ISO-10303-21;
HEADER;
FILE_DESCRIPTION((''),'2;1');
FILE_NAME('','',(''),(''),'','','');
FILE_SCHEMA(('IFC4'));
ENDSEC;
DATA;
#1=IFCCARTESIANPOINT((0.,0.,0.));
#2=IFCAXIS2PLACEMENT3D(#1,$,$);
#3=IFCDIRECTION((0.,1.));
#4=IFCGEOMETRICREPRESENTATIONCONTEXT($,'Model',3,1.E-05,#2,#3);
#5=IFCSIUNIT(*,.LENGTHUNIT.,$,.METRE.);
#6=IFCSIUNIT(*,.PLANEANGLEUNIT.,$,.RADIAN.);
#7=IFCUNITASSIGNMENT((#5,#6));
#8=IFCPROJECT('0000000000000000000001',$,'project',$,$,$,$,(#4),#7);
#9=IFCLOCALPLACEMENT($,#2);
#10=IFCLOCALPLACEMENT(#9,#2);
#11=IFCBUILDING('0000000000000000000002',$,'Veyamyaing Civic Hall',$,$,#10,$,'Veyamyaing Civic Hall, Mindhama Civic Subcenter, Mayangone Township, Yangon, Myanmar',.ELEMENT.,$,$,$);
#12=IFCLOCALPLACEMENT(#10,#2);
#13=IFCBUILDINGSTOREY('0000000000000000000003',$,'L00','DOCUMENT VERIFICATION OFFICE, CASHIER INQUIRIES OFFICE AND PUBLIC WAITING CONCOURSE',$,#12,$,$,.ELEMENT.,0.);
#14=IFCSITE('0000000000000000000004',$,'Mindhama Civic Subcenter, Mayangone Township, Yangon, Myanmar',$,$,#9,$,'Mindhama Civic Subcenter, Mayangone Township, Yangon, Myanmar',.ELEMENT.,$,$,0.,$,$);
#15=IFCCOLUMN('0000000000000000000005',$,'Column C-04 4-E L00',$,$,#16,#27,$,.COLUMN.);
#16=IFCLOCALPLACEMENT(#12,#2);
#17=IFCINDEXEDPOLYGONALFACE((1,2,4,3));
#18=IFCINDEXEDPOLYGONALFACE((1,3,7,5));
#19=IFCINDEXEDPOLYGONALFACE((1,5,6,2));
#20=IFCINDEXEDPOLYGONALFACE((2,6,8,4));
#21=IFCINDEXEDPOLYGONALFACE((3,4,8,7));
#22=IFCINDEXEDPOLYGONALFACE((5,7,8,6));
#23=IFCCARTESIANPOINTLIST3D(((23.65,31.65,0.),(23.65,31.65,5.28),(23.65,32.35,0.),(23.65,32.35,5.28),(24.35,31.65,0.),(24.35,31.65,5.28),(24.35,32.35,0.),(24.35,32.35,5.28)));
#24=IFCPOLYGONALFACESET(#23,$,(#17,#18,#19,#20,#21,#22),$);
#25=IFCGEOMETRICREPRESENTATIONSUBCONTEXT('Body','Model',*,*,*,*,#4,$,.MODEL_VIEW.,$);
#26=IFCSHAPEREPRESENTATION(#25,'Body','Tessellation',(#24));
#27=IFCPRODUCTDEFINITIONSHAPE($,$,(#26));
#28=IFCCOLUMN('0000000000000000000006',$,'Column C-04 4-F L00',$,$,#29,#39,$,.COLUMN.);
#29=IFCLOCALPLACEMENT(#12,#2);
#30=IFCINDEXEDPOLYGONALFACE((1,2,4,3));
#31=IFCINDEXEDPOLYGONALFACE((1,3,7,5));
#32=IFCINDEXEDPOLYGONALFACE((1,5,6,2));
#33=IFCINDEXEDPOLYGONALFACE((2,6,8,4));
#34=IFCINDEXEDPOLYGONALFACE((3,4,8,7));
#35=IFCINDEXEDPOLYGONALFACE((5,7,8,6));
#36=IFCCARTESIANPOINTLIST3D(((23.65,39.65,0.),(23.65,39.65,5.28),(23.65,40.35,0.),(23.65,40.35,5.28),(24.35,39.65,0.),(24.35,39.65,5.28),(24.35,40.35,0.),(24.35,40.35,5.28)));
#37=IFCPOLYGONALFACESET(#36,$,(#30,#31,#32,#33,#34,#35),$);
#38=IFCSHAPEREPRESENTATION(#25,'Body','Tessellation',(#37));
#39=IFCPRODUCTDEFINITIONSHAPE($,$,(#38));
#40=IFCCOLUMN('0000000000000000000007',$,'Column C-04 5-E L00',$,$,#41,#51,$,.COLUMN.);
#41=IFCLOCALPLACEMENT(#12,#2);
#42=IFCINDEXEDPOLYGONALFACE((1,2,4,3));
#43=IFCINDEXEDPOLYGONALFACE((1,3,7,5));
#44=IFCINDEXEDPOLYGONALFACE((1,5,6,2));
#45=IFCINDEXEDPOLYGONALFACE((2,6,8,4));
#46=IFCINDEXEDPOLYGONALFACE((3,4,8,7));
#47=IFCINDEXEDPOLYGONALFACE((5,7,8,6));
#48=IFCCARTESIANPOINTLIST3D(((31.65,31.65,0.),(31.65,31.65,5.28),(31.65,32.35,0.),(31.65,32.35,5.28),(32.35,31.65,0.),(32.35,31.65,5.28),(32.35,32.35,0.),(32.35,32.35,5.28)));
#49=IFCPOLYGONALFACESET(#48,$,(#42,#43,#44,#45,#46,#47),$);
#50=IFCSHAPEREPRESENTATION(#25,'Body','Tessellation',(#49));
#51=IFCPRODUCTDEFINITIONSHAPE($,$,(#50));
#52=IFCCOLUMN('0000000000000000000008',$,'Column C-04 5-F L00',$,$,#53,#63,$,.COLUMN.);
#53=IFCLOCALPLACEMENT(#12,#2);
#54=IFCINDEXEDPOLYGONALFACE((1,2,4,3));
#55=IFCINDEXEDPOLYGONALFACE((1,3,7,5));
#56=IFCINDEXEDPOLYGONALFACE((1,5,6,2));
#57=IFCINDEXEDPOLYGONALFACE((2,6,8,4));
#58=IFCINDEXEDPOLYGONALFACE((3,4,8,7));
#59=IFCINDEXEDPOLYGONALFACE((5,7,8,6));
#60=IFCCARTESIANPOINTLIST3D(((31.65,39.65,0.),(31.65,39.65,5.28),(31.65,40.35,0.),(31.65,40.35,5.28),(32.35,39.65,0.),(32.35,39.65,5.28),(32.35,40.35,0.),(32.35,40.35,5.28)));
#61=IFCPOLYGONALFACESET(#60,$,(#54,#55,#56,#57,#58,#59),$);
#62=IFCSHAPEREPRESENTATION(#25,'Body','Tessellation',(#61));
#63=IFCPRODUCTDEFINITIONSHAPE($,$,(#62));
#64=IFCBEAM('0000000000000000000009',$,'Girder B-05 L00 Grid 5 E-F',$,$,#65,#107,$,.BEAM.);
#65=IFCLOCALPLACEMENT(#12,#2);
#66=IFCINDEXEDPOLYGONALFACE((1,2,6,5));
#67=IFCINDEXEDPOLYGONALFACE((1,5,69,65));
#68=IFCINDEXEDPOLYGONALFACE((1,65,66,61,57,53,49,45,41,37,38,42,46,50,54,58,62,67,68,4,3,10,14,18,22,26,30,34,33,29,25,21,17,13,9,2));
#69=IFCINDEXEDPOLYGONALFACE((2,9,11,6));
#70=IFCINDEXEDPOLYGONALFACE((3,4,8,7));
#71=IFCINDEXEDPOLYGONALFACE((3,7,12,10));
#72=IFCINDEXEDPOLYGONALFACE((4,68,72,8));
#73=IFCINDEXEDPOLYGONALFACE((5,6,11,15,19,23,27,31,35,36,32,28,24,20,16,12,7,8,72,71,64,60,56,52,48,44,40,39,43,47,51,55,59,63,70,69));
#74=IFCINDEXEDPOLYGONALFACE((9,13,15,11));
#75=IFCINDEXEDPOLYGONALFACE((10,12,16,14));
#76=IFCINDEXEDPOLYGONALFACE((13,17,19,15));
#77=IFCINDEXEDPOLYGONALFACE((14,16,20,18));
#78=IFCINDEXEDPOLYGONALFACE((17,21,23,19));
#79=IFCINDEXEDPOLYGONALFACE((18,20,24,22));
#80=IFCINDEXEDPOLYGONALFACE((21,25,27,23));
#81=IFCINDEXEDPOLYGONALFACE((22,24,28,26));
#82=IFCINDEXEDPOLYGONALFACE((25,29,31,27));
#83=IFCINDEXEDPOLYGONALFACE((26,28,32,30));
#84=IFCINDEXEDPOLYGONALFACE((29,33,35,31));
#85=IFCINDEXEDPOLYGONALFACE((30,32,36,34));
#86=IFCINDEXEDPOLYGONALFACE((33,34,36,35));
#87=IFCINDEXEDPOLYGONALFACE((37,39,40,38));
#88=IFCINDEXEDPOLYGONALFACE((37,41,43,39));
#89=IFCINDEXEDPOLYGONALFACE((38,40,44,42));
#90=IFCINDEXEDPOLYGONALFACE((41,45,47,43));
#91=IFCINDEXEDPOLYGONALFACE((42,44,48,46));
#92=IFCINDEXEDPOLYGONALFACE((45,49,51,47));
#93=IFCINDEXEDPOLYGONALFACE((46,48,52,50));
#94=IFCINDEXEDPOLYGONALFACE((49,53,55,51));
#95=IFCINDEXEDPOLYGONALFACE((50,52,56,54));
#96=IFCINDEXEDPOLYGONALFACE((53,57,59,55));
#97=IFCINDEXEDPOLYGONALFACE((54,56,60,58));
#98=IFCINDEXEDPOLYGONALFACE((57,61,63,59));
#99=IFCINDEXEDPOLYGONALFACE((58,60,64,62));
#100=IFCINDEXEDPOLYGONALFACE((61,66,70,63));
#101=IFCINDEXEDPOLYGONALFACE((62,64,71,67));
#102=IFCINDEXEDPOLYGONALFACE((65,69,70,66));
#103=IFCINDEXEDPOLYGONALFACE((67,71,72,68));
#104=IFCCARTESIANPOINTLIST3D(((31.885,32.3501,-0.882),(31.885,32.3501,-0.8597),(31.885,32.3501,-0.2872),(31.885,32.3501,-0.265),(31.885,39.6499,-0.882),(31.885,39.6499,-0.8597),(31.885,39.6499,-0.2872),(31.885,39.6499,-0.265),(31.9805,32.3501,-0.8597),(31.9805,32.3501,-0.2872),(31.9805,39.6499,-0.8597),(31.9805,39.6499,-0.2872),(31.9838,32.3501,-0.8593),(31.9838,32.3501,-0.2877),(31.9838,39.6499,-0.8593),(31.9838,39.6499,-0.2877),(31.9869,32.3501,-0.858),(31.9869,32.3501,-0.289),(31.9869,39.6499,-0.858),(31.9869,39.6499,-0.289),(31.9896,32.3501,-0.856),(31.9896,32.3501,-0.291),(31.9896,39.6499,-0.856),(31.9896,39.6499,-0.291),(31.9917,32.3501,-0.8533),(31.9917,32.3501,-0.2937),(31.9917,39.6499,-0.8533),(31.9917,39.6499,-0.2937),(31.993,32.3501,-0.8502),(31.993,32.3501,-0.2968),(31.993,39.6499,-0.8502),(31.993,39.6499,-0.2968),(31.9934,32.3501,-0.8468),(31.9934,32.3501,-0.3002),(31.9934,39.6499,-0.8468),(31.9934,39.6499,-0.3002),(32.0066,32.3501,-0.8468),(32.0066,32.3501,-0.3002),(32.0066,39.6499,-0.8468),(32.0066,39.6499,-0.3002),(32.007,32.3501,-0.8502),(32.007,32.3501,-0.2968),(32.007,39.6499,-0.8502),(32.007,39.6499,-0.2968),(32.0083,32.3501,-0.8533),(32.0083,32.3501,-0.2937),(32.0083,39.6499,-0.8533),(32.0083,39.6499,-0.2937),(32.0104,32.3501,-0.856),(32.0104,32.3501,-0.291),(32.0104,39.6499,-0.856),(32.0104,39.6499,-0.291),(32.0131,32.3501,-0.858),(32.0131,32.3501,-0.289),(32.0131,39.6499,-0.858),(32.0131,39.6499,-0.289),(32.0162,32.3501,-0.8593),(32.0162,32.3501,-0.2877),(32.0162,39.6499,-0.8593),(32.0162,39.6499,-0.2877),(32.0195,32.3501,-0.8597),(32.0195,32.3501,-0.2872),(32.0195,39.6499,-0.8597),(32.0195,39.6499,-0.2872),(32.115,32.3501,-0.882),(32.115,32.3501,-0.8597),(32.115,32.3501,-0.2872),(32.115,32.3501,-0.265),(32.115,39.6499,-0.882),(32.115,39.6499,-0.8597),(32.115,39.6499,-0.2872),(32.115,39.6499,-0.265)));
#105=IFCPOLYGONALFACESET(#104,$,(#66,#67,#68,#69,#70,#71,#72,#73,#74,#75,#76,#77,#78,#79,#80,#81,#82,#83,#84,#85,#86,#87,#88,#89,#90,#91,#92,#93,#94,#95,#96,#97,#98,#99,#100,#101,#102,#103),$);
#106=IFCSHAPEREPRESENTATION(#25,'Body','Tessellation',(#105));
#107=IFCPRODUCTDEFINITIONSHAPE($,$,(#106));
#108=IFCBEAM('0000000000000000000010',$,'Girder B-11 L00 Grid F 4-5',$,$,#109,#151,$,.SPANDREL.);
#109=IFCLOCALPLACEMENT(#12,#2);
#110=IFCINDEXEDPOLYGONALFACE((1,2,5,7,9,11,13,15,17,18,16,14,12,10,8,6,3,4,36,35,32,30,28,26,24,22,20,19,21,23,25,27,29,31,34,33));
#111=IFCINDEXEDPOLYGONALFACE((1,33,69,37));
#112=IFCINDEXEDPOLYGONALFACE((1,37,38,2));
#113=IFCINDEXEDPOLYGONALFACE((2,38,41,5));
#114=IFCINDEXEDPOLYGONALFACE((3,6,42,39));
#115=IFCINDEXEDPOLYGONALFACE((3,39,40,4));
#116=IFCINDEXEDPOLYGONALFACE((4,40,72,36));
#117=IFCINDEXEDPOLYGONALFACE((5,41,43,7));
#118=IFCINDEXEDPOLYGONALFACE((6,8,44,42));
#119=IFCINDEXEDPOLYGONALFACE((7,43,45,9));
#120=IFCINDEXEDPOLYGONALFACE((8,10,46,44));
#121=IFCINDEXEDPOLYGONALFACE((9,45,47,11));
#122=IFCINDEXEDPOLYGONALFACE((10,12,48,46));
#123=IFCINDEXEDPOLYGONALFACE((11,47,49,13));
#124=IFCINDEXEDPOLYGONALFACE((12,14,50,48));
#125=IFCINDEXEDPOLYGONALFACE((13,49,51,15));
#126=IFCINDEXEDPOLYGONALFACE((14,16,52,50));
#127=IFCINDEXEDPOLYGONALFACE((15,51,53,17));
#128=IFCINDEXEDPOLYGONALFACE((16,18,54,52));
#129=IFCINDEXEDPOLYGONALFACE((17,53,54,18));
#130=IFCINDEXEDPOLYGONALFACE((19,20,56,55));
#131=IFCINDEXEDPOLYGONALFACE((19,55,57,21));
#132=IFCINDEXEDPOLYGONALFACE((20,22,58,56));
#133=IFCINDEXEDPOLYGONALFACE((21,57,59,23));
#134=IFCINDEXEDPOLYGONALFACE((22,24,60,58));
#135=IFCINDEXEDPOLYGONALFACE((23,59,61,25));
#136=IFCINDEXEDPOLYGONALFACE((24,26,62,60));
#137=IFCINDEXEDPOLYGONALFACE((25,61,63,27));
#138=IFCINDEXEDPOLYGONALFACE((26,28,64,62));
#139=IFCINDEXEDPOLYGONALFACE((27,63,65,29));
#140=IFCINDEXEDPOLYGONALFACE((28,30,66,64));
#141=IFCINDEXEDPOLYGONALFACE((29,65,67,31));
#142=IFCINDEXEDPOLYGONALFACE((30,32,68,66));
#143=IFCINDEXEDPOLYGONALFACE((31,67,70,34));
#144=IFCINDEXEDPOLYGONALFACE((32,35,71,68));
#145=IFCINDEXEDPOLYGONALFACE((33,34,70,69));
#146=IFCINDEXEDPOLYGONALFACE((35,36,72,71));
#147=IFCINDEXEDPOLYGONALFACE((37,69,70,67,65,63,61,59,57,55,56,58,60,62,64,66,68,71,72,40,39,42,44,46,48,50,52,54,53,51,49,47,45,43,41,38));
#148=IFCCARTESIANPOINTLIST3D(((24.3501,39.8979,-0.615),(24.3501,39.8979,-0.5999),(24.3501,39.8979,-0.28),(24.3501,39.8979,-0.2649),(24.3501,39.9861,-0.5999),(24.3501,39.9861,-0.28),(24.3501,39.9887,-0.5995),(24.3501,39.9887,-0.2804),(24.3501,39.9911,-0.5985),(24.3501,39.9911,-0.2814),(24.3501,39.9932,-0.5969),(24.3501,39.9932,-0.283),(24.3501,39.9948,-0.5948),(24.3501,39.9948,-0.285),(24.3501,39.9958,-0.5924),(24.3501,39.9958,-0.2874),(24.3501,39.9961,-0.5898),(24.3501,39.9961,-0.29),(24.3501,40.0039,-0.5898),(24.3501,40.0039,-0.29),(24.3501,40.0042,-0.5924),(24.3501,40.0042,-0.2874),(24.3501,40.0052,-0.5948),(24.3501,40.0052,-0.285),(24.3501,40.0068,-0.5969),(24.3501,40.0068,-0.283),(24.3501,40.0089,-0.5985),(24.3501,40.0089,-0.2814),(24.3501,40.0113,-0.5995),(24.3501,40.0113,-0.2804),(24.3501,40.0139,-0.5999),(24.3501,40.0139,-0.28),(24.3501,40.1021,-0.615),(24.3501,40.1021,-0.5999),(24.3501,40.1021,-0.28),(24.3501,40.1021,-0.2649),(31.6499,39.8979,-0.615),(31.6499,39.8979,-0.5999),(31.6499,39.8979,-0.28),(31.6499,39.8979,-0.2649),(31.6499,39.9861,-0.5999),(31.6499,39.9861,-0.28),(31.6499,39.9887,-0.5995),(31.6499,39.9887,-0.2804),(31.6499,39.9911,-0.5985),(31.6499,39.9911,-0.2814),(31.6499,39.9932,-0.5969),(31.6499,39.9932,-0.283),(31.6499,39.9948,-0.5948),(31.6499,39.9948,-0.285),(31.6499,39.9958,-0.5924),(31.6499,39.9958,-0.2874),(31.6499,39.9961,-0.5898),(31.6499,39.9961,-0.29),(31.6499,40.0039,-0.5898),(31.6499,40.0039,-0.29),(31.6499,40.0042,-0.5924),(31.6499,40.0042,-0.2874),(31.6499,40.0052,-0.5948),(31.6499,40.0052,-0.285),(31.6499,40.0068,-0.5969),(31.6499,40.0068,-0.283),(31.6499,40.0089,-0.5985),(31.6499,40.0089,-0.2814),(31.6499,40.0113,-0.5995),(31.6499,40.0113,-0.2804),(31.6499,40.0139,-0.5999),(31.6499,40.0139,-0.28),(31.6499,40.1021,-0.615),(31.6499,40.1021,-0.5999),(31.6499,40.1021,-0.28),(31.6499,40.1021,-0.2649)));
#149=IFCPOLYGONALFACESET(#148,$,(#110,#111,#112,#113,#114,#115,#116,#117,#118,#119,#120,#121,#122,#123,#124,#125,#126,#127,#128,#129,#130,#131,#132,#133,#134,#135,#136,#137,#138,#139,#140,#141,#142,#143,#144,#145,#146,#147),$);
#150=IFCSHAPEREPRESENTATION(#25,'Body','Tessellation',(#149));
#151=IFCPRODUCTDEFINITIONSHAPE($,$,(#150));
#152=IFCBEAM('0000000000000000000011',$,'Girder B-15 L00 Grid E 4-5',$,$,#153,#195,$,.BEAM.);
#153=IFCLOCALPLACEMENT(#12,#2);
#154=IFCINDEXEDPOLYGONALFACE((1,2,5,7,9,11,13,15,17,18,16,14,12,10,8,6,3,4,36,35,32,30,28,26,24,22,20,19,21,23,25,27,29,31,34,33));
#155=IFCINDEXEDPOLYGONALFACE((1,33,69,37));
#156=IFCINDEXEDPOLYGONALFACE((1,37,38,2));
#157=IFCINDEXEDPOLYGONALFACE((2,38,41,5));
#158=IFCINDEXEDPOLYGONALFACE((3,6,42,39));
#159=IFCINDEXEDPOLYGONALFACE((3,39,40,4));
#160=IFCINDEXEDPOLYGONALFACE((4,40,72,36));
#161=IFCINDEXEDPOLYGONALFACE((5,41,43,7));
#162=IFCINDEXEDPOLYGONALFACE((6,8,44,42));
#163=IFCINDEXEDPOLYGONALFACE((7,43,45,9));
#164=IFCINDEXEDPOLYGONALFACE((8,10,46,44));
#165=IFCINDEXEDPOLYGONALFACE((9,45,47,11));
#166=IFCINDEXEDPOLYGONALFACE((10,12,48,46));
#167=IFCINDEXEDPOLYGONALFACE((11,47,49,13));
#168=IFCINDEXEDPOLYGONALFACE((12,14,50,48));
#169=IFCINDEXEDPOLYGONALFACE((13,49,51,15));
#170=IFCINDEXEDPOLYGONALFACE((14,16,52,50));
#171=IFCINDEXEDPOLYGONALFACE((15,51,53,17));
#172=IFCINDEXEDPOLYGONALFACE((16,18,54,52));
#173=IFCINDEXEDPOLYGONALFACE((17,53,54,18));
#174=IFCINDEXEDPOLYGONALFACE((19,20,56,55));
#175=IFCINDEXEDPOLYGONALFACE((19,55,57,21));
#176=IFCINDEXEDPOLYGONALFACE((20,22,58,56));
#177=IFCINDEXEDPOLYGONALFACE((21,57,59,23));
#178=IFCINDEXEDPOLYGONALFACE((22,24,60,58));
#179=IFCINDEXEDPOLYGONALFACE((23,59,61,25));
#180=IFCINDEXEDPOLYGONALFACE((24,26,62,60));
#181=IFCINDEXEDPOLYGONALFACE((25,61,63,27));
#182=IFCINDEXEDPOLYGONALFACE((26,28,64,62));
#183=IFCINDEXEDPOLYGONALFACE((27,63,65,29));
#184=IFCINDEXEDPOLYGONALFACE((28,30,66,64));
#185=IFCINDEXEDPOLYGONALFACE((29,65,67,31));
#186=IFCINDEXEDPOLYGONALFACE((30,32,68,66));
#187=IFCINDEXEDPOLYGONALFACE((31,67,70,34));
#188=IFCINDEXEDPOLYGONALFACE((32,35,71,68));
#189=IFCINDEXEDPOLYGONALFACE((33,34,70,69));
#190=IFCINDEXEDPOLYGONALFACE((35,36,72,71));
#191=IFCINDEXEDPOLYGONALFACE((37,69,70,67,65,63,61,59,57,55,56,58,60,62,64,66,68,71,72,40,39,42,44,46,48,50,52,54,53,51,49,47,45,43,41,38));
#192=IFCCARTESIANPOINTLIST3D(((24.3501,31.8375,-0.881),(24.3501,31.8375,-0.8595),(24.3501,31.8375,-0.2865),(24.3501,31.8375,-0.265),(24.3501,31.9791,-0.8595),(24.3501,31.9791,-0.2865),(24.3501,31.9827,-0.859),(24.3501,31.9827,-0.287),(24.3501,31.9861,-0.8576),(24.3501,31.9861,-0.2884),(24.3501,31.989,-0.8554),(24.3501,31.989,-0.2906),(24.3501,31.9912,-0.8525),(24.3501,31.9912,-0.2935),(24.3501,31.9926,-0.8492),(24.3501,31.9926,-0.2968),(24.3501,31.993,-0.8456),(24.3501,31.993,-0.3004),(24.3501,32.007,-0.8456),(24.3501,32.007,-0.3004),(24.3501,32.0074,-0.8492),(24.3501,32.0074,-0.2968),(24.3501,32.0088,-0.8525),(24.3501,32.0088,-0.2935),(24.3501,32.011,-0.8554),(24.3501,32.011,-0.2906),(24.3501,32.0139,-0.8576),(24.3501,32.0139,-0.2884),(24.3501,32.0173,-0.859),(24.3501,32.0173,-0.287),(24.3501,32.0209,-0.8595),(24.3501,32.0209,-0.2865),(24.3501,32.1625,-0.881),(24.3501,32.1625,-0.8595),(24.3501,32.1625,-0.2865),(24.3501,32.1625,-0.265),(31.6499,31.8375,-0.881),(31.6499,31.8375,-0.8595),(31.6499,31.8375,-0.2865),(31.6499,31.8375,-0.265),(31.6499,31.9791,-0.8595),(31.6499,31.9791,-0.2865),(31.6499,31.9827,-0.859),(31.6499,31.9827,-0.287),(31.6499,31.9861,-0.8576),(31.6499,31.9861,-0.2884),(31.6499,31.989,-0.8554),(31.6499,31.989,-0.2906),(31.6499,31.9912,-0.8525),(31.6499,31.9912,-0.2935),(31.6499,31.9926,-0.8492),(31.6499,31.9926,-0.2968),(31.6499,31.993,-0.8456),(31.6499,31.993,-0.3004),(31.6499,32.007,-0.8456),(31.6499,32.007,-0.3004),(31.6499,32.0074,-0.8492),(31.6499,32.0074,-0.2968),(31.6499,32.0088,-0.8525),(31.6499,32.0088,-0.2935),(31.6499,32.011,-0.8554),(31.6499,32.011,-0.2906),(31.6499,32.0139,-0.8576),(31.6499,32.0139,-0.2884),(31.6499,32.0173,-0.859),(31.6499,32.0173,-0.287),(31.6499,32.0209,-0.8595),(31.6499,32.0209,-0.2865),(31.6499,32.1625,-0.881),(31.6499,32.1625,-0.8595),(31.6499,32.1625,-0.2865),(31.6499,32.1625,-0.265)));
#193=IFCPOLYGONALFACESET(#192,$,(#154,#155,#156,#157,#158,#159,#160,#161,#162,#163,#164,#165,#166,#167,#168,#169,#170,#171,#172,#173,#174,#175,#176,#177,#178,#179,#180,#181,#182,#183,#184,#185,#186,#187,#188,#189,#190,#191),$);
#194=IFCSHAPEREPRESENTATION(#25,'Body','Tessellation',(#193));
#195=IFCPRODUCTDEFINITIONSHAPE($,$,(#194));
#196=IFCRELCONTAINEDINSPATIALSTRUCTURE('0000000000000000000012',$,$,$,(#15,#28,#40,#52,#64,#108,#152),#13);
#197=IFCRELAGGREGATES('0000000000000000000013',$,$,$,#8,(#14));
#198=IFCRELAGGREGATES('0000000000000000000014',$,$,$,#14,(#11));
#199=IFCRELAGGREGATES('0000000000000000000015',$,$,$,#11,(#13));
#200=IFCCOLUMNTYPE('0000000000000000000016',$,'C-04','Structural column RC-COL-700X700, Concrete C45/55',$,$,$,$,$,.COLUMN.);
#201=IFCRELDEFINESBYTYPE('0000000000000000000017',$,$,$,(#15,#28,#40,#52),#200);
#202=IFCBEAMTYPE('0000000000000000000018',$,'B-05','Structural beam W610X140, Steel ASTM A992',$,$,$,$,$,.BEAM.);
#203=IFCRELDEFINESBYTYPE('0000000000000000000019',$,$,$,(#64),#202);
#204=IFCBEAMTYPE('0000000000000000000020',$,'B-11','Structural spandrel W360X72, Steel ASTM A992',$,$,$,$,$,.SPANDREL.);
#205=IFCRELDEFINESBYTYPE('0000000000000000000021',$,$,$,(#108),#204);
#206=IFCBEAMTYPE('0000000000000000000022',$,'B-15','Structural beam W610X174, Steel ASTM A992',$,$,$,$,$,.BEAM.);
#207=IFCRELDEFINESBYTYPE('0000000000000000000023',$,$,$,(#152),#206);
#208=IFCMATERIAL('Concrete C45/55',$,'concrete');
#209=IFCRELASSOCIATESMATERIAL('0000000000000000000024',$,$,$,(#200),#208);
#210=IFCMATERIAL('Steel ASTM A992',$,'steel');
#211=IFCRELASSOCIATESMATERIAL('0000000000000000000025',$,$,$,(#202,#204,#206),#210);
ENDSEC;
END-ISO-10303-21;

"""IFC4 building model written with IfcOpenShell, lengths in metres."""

from ifc_helpers import new_model, si_unit, direction, frame, origin, origin_2d, place, context, subcontext, project, spatial, rectangle, i_section, extrude, material, material_profile, profile_set, type_object, element, save


model = new_model("IFC4")

# Units and contexts
model_context = context("Model", 3, precision=1e-05, world=origin(), true_north=direction((0.0, 1.0)))
body_context = subcontext(model_context, "Body", "Model", "MODEL_VIEW")
ifc_project = project(units=[si_unit("LENGTHUNIT", "METRE"), si_unit("PLANEANGLEUNIT", "RADIAN")], contexts=[model_context])

# Site, building, storey
site_placement = place(None, origin())
site = spatial("IfcSite", under=ifc_project, at=site_placement, Name="Mindhama Civic Subcenter, Mayangone Township, Yangon, Myanmar", LongName="Mindhama Civic Subcenter, Mayangone Township, Yangon, Myanmar", CompositionType="ELEMENT", RefElevation=0.0)
building_placement = place(site_placement, origin())
building = spatial("IfcBuilding", under=site, at=building_placement, Name="Veyamyaing Civic Hall", LongName="Veyamyaing Civic Hall, Mindhama Civic Subcenter, Mayangone Township, Yangon, Myanmar", CompositionType="ELEMENT")
storey_placement = place(building_placement, origin())
storey = spatial("IfcBuildingStorey", under=building, at=storey_placement, Name="L00", Description="DOCUMENT VERIFICATION OFFICE, CASHIER INQUIRIES OFFICE AND PUBLIC WAITING CONCOURSE", CompositionType="ELEMENT", Elevation=0.0)

# Columns
ifc_material_1 = material(Name="Concrete C45/55", Category="concrete")
ifc_material_profile_1 = material_profile(ifc_material_1, rectangle(XDim=0.7, YDim=0.7, at=origin_2d()), Name="RC-COL-700X700")
ifc_profile_set_1 = profile_set([ifc_material_profile_1], Name="Concrete C45/55")
column_type = type_object("IfcColumnType", Name="C-04", Description="Structural column RC-COL-700X700, Concrete C45/55", PredefinedType="COLUMN", material=ifc_profile_set_1)
for number, where, z_axis, x_axis, name in (
    (1, (24.0, 32.0, 0.0), (0.0, 0.0, 1.0), (1.0, 0.0, 0.0), "Column C-04 4-E L00"),
    (2, (24.0, 40.0, 0.0), (0.0, 0.0, 1.0), (1.0, 0.0, 0.0), "Column C-04 4-F L00"),
    (3, (32.0, 32.0, 0.0), (0.0, 0.0, 1.0), (1.0, 0.0, 0.0), "Column C-04 5-E L00"),
    (4, (32.0, 40.0, 0.0), (0.0, 0.0, 1.0), (1.0, 0.0, 0.0), "Column C-04 5-F L00"),
):
    element("IfcColumn", number, at=place(storey_placement, frame(where, z_axis=z_axis, x_axis=x_axis)), inside=storey, type_object=column_type, Name=name, PredefinedType="COLUMN", context=body_context, shape_type="SweptSolid", body=[
        extrude(rectangle(XDim=0.7, YDim=0.7, at=origin_2d()), origin(), (0.0, 0.0, 1.0), 5.28),
    ])

# Beams
ifc_material_2 = material(Name="Steel ASTM A992", Category="steel")
ifc_material_profile_2 = material_profile(ifc_material_2, i_section(OverallWidth=0.23, OverallDepth=0.6169, WebThickness=0.0132, FlangeThickness=0.0222, FilletRadius=0.0129, at=origin_2d()), Name="W610X140")
ifc_profile_set_2 = profile_set([ifc_material_profile_2], Name="Steel ASTM A992")
beam_type_1 = type_object("IfcBeamType", Name="B-05", Description="Structural beam W610X140, Steel ASTM A992", PredefinedType="BEAM", material=ifc_profile_set_2)
beam_1_placement = place(storey_placement, frame((32.0, 32.3501, -0.5735), z_axis=(0.0, 1.0, 0.0), x_axis=(-1.0, 0.0, 0.0)))
element("IfcBeam", 5, at=beam_1_placement, inside=storey, type_object=beam_type_1, Name="Girder B-05 L00 Grid 5 E-F", PredefinedType="BEAM", context=body_context, shape_type="SweptSolid", body=[
    extrude(i_section(OverallWidth=0.23, OverallDepth=0.6169, WebThickness=0.0132, FlangeThickness=0.0222, FilletRadius=0.0129, at=origin_2d()), origin(), (0.0, 0.0, 1.0), 7.2998),
])
ifc_material_profile_3 = material_profile(ifc_material_2, i_section(OverallWidth=0.2041, OverallDepth=0.3501, WebThickness=0.0078, FlangeThickness=0.0151, FilletRadius=0.01, at=origin_2d()), Name="W360X72")
ifc_profile_set_3 = profile_set([ifc_material_profile_3], Name="Steel ASTM A992")
beam_type_2 = type_object("IfcBeamType", Name="B-11", Description="Structural spandrel W360X72, Steel ASTM A992", PredefinedType="SPANDREL", material=ifc_profile_set_3)
beam_2_placement = place(storey_placement, frame((24.3501, 40.0, -0.4399), z_axis=(1.0, 0.0, 0.0), x_axis=(0.0, 1.0, 0.0)))
element("IfcBeam", 6, at=beam_2_placement, inside=storey, type_object=beam_type_2, Name="Girder B-11 L00 Grid F 4-5", PredefinedType="SPANDREL", context=body_context, shape_type="SweptSolid", body=[
    extrude(i_section(OverallWidth=0.2041, OverallDepth=0.3501, WebThickness=0.0078, FlangeThickness=0.0151, FilletRadius=0.01, at=origin_2d()), origin(), (0.0, 0.0, 1.0), 7.2998),
])
ifc_material_profile_4 = material_profile(ifc_material_2, i_section(OverallWidth=0.325, OverallDepth=0.616, WebThickness=0.0139, FlangeThickness=0.0215, FilletRadius=0.0139, at=origin_2d()), Name="W610X174")
ifc_profile_set_4 = profile_set([ifc_material_profile_4], Name="Steel ASTM A992")
beam_type_3 = type_object("IfcBeamType", Name="B-15", Description="Structural beam W610X174, Steel ASTM A992", PredefinedType="BEAM", material=ifc_profile_set_4)
beam_3_placement = place(storey_placement, frame((24.3501, 32.0, -0.573), z_axis=(1.0, 0.0, 0.0), x_axis=(0.0, 1.0, 0.0)))
element("IfcBeam", 7, at=beam_3_placement, inside=storey, type_object=beam_type_3, Name="Girder B-15 L00 Grid E 4-5", PredefinedType="BEAM", context=body_context, shape_type="SweptSolid", body=[
    extrude(i_section(OverallWidth=0.325, OverallDepth=0.616, WebThickness=0.0139, FlangeThickness=0.0215, FilletRadius=0.0139, at=origin_2d()), origin(), (0.0, 0.0, 1.0), 7.2998),
])

save(model, "model.ifc")
